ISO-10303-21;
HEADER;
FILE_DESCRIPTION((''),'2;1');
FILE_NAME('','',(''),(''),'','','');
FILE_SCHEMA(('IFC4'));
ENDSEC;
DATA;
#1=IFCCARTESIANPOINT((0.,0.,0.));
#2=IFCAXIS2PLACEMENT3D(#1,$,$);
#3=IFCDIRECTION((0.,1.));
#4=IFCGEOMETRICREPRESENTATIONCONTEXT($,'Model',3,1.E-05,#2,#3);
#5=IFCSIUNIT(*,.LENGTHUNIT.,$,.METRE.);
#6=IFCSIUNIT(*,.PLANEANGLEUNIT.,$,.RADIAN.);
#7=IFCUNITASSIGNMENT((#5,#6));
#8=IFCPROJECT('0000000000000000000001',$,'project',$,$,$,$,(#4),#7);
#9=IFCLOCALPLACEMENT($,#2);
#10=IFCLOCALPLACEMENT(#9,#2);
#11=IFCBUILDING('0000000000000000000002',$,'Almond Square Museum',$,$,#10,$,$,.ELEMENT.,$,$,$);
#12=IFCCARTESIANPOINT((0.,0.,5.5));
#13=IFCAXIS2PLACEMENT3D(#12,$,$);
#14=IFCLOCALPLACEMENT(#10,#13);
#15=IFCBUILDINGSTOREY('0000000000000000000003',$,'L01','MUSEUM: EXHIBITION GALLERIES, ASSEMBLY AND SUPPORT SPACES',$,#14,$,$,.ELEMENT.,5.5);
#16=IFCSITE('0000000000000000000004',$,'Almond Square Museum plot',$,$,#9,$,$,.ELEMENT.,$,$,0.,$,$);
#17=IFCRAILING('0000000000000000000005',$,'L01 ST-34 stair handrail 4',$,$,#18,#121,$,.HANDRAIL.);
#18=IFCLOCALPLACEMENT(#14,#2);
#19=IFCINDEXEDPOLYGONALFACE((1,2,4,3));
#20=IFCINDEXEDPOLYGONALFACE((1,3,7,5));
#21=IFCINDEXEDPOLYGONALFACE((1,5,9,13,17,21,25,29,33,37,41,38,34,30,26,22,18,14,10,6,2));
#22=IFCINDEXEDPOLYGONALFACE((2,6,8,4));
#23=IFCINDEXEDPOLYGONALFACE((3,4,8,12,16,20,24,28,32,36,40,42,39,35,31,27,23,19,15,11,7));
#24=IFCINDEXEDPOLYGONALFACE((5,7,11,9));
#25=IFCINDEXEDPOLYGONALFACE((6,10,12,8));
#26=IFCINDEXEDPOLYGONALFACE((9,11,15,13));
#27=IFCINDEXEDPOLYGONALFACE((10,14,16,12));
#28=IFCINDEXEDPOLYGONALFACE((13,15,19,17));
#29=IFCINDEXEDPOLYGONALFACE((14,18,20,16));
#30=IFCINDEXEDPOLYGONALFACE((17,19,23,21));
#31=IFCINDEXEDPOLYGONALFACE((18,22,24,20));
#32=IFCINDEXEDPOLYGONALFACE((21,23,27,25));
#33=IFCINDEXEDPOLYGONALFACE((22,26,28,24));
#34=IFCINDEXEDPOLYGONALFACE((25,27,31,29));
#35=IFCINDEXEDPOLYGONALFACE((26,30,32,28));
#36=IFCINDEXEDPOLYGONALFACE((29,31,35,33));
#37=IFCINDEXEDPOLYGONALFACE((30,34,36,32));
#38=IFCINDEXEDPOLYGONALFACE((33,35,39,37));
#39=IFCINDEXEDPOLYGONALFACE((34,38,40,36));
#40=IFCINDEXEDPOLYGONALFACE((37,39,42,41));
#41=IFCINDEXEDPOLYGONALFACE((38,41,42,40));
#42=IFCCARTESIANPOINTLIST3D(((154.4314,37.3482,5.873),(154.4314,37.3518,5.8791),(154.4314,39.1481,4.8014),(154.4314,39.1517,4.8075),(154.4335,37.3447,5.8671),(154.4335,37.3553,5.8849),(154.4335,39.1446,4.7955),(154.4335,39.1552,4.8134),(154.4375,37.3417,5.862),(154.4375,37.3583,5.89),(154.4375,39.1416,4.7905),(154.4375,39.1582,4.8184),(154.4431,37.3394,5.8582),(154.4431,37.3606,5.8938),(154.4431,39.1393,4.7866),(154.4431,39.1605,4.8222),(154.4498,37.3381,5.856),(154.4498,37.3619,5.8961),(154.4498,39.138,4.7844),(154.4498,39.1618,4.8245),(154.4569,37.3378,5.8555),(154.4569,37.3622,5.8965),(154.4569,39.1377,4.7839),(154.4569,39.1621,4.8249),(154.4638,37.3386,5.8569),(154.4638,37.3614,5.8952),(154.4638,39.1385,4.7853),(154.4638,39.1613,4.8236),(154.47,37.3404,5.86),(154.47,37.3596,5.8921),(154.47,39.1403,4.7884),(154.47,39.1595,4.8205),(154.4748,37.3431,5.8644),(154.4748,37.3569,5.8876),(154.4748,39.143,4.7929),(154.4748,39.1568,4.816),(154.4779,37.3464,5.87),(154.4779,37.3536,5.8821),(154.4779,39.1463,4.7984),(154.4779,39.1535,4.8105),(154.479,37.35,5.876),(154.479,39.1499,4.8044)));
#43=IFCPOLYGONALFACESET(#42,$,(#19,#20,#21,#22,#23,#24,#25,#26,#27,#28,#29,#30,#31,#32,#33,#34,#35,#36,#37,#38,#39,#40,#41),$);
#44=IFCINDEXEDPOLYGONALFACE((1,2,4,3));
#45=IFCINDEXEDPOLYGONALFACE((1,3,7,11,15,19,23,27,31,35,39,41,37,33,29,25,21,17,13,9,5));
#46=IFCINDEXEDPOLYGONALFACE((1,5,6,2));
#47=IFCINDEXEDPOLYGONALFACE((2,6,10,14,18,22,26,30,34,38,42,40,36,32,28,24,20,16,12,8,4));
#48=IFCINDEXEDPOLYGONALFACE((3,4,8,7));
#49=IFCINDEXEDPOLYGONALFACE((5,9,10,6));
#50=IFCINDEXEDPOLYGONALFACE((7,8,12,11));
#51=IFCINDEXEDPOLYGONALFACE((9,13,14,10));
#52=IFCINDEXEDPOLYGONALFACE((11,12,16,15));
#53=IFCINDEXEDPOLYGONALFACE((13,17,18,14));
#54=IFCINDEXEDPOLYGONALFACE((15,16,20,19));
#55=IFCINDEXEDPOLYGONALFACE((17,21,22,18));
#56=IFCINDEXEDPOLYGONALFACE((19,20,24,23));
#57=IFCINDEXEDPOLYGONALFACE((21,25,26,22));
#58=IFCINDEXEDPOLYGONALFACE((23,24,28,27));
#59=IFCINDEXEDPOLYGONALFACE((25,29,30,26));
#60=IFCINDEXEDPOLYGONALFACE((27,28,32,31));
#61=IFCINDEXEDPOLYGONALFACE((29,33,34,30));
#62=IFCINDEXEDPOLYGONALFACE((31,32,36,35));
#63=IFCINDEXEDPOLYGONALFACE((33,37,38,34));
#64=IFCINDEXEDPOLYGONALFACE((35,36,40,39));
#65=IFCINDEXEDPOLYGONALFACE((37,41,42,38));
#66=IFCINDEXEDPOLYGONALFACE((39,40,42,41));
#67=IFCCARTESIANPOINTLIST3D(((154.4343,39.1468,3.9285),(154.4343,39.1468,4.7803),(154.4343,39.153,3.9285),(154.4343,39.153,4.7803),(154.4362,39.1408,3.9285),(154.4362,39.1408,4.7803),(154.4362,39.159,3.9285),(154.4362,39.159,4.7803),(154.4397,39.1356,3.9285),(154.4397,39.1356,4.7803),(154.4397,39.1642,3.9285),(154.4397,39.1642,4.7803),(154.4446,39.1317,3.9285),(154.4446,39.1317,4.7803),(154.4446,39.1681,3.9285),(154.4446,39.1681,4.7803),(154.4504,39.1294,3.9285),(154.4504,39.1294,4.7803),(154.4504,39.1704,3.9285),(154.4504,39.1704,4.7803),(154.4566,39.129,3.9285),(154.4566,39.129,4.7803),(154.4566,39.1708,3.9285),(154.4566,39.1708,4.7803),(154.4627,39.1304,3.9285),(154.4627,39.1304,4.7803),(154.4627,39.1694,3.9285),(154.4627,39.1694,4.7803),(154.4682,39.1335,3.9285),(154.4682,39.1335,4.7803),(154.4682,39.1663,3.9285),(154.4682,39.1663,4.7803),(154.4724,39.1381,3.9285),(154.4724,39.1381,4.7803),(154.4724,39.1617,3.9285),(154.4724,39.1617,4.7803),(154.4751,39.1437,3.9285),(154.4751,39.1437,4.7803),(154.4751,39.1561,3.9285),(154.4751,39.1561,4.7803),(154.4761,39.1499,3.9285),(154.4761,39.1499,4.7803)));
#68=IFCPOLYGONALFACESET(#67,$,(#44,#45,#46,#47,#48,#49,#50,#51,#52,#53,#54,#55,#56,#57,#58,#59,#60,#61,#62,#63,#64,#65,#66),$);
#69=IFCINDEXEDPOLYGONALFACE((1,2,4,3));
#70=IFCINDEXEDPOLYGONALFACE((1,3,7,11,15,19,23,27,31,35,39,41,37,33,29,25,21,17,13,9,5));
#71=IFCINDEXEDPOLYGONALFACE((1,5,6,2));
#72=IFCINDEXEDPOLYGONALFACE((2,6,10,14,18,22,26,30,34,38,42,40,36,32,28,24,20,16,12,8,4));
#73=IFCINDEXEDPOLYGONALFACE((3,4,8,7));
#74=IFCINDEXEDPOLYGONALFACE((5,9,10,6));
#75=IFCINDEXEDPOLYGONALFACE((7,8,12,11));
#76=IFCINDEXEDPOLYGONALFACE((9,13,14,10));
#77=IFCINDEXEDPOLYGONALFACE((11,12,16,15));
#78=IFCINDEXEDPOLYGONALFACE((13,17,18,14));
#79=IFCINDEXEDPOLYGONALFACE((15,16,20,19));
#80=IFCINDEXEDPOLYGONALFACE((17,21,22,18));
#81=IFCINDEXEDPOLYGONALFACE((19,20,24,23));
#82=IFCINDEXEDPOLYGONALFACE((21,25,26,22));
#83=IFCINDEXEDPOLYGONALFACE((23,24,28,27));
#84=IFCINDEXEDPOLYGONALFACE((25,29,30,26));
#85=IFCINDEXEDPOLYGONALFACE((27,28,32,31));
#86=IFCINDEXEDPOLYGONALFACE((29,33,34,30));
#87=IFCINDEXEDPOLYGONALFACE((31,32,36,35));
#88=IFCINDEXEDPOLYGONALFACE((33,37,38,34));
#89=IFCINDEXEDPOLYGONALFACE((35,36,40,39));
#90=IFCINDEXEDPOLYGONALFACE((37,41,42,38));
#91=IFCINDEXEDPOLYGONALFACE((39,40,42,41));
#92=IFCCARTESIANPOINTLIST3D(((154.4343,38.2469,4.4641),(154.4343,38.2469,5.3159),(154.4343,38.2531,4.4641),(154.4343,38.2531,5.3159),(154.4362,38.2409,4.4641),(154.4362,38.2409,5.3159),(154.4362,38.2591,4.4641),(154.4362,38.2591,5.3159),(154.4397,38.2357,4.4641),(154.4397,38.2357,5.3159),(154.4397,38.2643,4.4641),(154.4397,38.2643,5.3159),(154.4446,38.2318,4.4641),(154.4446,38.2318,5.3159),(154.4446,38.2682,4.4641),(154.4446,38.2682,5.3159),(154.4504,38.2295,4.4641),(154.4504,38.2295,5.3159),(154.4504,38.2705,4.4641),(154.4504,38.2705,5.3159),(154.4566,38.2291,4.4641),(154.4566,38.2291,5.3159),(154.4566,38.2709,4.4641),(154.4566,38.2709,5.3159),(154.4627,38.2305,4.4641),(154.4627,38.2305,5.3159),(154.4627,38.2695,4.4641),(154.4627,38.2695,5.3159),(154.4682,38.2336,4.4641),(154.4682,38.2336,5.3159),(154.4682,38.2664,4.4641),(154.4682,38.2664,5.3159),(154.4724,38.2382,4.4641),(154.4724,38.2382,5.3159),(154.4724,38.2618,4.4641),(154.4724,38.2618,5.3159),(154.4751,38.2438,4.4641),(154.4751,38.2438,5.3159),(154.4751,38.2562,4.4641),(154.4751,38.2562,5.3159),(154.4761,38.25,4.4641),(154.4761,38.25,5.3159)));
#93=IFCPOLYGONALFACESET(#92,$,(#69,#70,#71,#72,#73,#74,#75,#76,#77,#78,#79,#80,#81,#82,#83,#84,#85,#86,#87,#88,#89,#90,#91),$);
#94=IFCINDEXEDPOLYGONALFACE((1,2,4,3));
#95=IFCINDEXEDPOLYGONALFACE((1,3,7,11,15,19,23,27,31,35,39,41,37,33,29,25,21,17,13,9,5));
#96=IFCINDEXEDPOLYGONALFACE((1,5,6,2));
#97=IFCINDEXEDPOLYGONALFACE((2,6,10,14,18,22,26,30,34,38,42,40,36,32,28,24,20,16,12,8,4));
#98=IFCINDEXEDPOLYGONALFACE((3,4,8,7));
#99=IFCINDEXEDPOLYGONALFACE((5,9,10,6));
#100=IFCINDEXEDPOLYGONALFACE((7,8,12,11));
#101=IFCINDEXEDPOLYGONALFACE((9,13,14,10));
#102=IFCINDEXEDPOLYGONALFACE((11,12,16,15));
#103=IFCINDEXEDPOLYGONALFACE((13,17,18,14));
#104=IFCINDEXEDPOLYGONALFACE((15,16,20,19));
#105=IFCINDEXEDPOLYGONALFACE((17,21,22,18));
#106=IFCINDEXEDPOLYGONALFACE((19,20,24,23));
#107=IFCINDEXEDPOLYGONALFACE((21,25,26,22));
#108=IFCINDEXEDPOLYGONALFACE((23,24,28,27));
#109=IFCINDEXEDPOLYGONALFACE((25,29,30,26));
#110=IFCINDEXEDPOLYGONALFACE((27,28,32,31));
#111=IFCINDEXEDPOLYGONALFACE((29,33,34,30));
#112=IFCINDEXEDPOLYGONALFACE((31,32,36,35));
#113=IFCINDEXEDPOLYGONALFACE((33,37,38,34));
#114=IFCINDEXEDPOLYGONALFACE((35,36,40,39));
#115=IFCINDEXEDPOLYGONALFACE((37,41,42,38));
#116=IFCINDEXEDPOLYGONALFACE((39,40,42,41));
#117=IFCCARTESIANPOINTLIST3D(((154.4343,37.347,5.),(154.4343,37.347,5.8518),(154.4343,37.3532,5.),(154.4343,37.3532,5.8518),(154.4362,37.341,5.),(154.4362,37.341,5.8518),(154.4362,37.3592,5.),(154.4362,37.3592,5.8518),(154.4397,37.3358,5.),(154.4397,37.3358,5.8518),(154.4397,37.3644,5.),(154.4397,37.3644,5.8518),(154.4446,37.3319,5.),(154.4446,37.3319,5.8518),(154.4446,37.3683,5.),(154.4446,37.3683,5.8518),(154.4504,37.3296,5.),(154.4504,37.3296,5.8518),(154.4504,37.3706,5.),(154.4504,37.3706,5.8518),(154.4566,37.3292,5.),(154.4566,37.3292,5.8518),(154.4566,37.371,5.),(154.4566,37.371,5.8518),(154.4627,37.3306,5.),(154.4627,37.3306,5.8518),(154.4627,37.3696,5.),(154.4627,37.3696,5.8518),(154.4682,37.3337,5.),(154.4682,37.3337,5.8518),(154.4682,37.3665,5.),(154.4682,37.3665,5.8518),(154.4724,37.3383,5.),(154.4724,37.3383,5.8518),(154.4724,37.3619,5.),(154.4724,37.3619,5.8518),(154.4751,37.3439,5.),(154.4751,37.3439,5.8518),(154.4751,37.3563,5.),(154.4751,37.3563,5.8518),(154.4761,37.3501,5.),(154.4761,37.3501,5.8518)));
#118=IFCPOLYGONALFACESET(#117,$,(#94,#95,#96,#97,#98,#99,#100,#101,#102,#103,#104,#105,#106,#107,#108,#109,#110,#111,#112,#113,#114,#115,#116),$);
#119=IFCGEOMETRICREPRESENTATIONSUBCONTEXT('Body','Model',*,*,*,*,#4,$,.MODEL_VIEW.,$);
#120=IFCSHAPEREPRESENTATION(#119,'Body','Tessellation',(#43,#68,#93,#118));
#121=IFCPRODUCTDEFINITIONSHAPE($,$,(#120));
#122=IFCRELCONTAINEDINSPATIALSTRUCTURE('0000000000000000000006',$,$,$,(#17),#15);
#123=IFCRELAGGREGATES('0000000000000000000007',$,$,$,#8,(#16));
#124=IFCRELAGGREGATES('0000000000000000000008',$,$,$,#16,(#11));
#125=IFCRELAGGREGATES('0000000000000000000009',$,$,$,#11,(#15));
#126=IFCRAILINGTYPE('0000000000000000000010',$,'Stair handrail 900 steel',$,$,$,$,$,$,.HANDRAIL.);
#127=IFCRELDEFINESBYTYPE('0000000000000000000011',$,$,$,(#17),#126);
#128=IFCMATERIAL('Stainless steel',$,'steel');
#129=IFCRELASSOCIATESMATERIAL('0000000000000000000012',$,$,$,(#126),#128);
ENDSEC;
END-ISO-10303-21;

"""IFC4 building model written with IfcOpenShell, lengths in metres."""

from ifc_helpers import new_model, si_unit, direction, frame, origin, origin_2d, place, context, subcontext, project, spatial, circle, extrude, material, type_object, element, save


model = new_model("IFC4")

# Units and contexts
model_context = context("Model", 3, precision=1e-05, world=origin(), true_north=direction((0.0, 1.0)))
body_context = subcontext(model_context, "Body", "Model", "MODEL_VIEW")
ifc_project = project(units=[si_unit("LENGTHUNIT", "METRE"), si_unit("PLANEANGLEUNIT", "RADIAN")], contexts=[model_context])

# Site, building, storey
site_placement = place(None, origin())
site = spatial("IfcSite", under=ifc_project, at=site_placement, Name="Almond Square Museum plot", CompositionType="ELEMENT", RefElevation=0.0)
building_placement = place(site_placement, origin())
building = spatial("IfcBuilding", under=site, at=building_placement, Name="Almond Square Museum", CompositionType="ELEMENT")
storey_placement = place(building_placement, frame((0.0, 0.0, 5.5)))
storey = spatial("IfcBuildingStorey", under=building, at=storey_placement, Name="L01", Description="MUSEUM: EXHIBITION GALLERIES, ASSEMBLY AND SUPPORT SPACES", CompositionType="ELEMENT", Elevation=5.5)

# Railing
ifc_material_1 = material(Name="Stainless steel", Category="steel")
railing_type_1 = type_object("IfcRailingType", Name="Stair handrail 900 steel", PredefinedType="HANDRAIL", material=ifc_material_1)
railing_1_placement = place(storey_placement, frame((154.4551, 39.1499, 3.9285)))
element("IfcRailing", 1, at=railing_1_placement, inside=storey, type_object=railing_type_1, Name="L01 ST-34 stair handrail 4", PredefinedType="HANDRAIL", context=body_context, shape_type="SweptSolid", body=[
    extrude(circle(Radius=0.0239, at=origin_2d()), frame((0.0, 0.0, 0.876), z_axis=(0.0, -0.859247, 0.511562), x_axis=(1.0, 0.0, 0.0)), (0.0, 0.0, 1.0), 2.0947),
    extrude(circle(Radius=0.021, at=origin_2d()), origin(), (0.0, 0.0, 1.0), 0.8518),
    extrude(circle(Radius=0.021, at=origin_2d()), frame((0.0, -0.8999, 0.5356)), (0.0, 0.0, 1.0), 0.8518),
    extrude(circle(Radius=0.021, at=origin_2d()), frame((0.0, -1.7998, 1.0715)), (0.0, 0.0, 1.0), 0.8518),
])

save(model, "model.ifc")
